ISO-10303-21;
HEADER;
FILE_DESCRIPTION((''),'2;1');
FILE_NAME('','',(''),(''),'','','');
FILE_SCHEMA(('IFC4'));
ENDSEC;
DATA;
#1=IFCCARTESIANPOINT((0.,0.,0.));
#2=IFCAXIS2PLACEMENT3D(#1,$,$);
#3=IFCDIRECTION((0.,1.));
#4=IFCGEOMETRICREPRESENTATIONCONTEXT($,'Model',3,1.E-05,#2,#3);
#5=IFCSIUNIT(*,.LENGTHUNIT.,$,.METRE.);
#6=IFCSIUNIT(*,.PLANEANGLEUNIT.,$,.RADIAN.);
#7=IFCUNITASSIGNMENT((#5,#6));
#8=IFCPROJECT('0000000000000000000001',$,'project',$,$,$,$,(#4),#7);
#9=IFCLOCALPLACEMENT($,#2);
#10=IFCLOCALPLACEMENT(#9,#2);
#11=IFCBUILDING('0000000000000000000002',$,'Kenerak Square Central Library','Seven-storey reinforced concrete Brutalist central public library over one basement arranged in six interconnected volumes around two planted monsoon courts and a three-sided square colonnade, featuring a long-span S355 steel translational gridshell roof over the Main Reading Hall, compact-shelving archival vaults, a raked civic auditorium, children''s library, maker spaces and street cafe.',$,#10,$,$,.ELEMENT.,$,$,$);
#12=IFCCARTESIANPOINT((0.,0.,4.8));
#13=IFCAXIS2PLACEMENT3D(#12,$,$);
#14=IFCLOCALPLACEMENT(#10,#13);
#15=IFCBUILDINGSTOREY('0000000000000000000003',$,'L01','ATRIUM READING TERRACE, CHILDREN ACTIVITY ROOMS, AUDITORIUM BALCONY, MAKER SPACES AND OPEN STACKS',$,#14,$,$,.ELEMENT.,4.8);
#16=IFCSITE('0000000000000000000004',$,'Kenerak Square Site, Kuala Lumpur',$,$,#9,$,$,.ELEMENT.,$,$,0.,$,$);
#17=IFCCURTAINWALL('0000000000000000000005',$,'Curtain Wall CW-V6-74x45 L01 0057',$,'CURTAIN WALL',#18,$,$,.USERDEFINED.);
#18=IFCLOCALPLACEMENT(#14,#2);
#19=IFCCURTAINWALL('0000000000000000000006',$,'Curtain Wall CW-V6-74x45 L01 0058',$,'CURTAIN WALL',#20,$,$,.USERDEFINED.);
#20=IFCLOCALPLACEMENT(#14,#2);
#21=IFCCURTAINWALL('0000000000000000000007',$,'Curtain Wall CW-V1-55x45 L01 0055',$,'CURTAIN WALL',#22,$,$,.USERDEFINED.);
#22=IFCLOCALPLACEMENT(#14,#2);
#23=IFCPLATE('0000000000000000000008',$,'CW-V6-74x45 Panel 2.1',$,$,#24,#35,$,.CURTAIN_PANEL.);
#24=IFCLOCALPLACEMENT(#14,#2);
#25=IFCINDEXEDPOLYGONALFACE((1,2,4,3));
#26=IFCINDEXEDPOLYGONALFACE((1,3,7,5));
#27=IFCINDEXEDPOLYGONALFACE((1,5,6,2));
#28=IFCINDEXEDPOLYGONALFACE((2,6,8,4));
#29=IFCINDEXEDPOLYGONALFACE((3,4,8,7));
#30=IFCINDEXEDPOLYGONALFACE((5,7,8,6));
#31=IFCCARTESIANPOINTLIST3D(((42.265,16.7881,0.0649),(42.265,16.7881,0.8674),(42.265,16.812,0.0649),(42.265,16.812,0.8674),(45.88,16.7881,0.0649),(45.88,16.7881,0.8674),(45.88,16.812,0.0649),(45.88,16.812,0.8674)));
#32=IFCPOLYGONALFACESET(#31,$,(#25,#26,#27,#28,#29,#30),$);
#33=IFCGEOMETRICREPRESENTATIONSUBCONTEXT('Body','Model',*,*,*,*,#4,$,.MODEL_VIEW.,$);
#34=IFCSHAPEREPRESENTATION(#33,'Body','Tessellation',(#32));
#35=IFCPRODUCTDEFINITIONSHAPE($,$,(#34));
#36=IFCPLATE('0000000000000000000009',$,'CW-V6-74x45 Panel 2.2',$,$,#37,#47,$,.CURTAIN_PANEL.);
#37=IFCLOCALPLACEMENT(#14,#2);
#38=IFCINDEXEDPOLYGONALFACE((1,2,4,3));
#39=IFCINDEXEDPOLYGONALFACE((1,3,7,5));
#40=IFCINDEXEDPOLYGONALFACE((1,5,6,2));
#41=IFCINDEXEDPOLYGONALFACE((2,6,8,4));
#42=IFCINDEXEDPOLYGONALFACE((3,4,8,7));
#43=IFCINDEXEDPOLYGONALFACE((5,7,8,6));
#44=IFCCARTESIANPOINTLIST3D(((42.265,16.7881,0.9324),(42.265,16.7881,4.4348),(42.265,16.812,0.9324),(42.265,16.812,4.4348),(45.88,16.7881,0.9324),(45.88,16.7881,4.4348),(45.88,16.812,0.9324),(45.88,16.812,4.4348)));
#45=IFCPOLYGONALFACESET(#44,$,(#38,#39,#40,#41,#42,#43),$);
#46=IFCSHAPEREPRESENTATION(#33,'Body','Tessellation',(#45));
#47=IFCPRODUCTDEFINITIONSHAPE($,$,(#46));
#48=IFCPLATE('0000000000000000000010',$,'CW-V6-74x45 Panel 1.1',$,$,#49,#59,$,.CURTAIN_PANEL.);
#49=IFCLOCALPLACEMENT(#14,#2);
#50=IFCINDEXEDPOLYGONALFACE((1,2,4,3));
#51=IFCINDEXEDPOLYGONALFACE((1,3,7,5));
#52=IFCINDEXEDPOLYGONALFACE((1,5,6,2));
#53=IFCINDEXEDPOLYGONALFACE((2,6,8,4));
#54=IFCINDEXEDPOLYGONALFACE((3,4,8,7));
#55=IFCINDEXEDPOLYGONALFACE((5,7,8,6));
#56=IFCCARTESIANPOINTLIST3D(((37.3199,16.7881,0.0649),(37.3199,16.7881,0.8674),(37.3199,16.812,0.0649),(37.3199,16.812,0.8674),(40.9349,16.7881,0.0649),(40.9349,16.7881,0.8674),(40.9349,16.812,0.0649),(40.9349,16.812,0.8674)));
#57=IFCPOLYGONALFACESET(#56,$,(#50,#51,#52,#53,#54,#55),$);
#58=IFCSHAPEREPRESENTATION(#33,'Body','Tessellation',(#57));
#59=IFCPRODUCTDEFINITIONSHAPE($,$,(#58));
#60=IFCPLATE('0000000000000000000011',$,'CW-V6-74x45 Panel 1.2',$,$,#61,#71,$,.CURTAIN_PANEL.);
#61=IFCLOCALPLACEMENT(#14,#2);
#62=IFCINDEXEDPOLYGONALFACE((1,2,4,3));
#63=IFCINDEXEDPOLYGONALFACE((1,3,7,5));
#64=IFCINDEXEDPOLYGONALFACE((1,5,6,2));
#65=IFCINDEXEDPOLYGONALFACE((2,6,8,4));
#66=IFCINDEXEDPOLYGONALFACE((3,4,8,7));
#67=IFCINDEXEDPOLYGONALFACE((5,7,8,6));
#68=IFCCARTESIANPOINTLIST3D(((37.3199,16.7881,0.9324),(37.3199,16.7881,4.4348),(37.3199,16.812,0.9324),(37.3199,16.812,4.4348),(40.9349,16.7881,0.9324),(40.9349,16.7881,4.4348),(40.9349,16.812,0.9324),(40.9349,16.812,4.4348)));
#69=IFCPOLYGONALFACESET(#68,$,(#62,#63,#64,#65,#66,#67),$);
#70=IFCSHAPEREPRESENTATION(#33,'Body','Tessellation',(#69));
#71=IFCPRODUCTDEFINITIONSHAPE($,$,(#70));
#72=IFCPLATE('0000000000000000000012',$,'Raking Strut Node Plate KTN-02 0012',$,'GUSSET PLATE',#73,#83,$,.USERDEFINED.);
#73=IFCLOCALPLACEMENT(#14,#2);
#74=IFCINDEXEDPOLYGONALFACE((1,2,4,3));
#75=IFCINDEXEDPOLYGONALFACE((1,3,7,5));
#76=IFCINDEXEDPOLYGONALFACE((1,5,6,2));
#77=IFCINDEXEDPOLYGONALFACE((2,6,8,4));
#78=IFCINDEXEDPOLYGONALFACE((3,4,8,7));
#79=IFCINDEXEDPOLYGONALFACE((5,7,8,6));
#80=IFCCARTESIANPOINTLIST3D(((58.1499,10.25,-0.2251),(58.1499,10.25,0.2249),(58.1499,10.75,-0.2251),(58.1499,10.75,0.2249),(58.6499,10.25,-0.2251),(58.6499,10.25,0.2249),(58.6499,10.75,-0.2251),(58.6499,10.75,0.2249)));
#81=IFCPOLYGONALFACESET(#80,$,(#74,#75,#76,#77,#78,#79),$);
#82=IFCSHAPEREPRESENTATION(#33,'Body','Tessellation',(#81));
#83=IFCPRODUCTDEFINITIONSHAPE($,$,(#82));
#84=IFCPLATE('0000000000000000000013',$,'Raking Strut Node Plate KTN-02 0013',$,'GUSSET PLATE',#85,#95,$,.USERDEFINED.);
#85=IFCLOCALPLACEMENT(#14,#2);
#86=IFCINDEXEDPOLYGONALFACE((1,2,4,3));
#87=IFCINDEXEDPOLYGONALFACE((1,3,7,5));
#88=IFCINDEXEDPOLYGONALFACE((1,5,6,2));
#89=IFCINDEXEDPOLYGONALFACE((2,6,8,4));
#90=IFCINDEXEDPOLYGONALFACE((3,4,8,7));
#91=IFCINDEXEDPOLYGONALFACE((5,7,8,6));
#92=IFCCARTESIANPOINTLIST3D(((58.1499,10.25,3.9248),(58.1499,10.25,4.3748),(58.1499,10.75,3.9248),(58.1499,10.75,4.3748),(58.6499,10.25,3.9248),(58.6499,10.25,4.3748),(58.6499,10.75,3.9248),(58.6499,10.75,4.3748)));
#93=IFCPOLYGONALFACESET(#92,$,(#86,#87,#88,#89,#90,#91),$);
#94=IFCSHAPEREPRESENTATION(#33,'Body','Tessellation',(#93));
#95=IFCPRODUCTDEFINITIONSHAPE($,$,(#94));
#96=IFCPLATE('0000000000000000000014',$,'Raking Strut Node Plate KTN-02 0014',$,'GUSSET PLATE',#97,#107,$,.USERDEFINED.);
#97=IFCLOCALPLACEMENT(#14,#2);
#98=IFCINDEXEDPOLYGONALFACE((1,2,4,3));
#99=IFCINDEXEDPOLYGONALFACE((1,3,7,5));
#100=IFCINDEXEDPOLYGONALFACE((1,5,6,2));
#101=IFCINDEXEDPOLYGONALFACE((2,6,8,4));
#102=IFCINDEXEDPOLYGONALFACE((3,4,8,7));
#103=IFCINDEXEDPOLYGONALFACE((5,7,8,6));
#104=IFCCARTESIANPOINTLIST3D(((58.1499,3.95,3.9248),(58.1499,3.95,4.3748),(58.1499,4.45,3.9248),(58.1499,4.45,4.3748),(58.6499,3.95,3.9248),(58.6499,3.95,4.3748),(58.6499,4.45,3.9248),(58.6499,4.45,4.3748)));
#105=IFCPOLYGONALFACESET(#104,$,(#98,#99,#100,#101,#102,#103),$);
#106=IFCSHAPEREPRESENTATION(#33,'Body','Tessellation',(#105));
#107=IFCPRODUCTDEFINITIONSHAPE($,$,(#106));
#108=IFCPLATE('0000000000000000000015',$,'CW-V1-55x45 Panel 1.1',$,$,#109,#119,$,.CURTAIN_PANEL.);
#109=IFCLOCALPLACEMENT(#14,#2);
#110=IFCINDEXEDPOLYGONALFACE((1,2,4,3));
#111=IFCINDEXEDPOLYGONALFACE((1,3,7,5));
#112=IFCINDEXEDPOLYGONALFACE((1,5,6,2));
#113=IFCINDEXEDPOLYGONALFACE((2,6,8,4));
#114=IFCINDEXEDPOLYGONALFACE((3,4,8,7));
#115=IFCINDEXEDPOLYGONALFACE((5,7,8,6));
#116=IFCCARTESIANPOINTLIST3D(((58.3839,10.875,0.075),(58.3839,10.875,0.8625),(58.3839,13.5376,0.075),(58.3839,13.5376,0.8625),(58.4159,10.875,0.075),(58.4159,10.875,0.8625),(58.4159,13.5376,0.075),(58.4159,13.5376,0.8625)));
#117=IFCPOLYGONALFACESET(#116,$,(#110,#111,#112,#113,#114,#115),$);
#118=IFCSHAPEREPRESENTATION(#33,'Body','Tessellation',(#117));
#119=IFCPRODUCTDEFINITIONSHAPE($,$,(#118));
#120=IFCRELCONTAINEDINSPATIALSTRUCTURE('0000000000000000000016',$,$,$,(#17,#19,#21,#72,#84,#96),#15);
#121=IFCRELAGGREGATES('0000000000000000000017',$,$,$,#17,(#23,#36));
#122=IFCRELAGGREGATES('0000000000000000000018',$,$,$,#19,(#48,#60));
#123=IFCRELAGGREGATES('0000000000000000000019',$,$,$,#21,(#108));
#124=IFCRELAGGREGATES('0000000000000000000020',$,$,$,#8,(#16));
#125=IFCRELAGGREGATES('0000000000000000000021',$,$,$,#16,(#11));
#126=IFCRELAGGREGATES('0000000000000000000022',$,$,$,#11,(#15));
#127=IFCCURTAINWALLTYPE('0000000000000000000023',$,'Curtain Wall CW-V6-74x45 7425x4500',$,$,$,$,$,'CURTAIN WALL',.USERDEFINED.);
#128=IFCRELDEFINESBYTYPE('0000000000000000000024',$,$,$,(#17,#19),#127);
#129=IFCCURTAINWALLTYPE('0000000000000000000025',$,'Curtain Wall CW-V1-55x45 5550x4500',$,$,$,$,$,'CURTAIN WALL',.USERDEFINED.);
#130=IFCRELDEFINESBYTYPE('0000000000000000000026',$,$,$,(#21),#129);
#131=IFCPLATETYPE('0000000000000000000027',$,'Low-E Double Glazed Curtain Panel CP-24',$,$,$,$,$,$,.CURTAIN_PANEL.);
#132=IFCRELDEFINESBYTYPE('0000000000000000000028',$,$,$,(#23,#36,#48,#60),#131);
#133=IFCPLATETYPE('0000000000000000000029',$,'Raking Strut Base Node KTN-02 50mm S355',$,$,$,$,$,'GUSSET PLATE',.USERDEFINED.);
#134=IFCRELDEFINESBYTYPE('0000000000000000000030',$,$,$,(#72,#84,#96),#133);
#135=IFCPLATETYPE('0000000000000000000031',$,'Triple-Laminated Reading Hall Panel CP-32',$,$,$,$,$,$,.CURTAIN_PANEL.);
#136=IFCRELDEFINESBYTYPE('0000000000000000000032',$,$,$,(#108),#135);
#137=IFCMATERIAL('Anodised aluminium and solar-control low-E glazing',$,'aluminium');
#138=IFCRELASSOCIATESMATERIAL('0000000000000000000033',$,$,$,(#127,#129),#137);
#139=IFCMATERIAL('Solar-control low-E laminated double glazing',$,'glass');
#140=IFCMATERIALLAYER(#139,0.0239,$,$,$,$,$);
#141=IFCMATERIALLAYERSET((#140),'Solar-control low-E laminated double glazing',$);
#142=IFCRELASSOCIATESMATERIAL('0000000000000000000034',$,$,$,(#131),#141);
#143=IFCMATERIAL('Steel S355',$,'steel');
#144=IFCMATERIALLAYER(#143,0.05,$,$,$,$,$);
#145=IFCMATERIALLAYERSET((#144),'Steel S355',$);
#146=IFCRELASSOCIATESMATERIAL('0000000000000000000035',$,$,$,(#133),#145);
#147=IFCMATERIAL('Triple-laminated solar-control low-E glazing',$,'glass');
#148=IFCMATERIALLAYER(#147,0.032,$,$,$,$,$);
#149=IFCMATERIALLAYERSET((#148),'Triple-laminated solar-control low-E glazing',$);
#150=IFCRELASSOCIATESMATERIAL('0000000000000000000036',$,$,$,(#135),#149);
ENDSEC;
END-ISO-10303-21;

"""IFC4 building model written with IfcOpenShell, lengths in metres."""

from ifc_helpers import new_model, si_unit, direction, frame, origin, origin_2d, place, context, subcontext, project, spatial, rectangle, extrude, material, layer, layer_set, type_object, element, aggregate, save


model = new_model("IFC4")

# Units and contexts
model_context = context("Model", 3, precision=1e-05, world=origin(), true_north=direction((0.0, 1.0)))
body_context = subcontext(model_context, "Body", "Model", "MODEL_VIEW")
ifc_project = project(units=[si_unit("LENGTHUNIT", "METRE"), si_unit("PLANEANGLEUNIT", "RADIAN")], contexts=[model_context])

# Site, building, storey
site_placement = place(None, origin())
site = spatial("IfcSite", under=ifc_project, at=site_placement, Name="Kenerak Square Site, Kuala Lumpur", CompositionType="ELEMENT", RefElevation=0.0)
building_placement = place(site_placement, origin())
building = spatial("IfcBuilding", under=site, at=building_placement, Name="Kenerak Square Central Library", Description="Seven-storey reinforced concrete Brutalist central public library over one basement arranged in six interconnected volumes around two planted monsoon courts and a three-sided square colonnade, featuring a long-span S355 steel translational gridshell roof over the Main Reading Hall, compact-shelving archival vaults, a raked civic auditorium, children's library, maker spaces and street cafe.", CompositionType="ELEMENT")
storey_placement = place(building_placement, frame((0.0, 0.0, 4.8)))
storey = spatial("IfcBuildingStorey", under=building, at=storey_placement, Name="L01", Description="ATRIUM READING TERRACE, CHILDREN ACTIVITY ROOMS, AUDITORIUM BALCONY, MAKER SPACES AND OPEN STACKS", CompositionType="ELEMENT", Elevation=4.8)

# Curtain wall
ifc_material_1 = material(Name="Anodised aluminium and solar-control low-E glazing", Category="aluminium")
curtain_wall_type_1 = type_object("IfcCurtainWallType", Name="Curtain Wall CW-V6-74x45 7425x4500", ElementType="CURTAIN WALL", PredefinedType="USERDEFINED", material=ifc_material_1)
curtain_wall_1_placement = place(storey_placement, origin())
curtain_wall_1 = element("IfcCurtainWall", 1, at=curtain_wall_1_placement, inside=storey, type_object=curtain_wall_type_1, Name="Curtain Wall CW-V6-74x45 L01 0057", ObjectType="CURTAIN WALL", PredefinedType="USERDEFINED")

# Curtain walls
curtain_wall_2_placement = place(storey_placement, origin())
curtain_wall_2 = element("IfcCurtainWall", 2, at=curtain_wall_2_placement, inside=storey, type_object=curtain_wall_type_1, Name="Curtain Wall CW-V6-74x45 L01 0058", ObjectType="CURTAIN WALL", PredefinedType="USERDEFINED")
curtain_wall_type_2 = type_object("IfcCurtainWallType", Name="Curtain Wall CW-V1-55x45 5550x4500", ElementType="CURTAIN WALL", PredefinedType="USERDEFINED", material=ifc_material_1)
curtain_wall_3_placement = place(storey_placement, origin())
curtain_wall_3 = element("IfcCurtainWall", 3, at=curtain_wall_3_placement, inside=storey, type_object=curtain_wall_type_2, Name="Curtain Wall CW-V1-55x45 L01 0055", ObjectType="CURTAIN WALL", PredefinedType="USERDEFINED")

# Shared definitions
ifc_material_2 = material(Name="Steel S355", Category="steel")

# Plates
ifc_material_3 = material(Name="Solar-control low-E laminated double glazing", Category="glass")
ifc_layer_1 = layer(ifc_material_3, 0.0239)
ifc_layer_set_1 = layer_set([ifc_layer_1], Name="Solar-control low-E laminated double glazing")
plate_type_1 = type_object("IfcPlateType", Name="Low-E Double Glazed Curtain Panel CP-24", PredefinedType="CURTAIN_PANEL", material=ifc_layer_set_1)
plate_1_placement = place(storey_placement, frame((44.0725, 16.8, 0.0649), z_axis=(0.0, 0.0, 1.0), x_axis=(-1.0, 0.0, 0.0)))
plate_1 = element("IfcPlate", 4, at=plate_1_placement, type_object=plate_type_1, Name="CW-V6-74x45 Panel 2.1", PredefinedType="CURTAIN_PANEL", context=body_context, shape_type="SweptSolid", body=[
    extrude(rectangle(XDim=3.615, YDim=0.0239, at=origin_2d()), origin(), (0.0, 0.0, 1.0), 0.8025),
])
plate_2_placement = place(storey_placement, frame((44.0725, 16.8, 0.9324), z_axis=(0.0, 0.0, 1.0), x_axis=(-1.0, 0.0, 0.0)))
plate_2 = element("IfcPlate", 5, at=plate_2_placement, type_object=plate_type_1, Name="CW-V6-74x45 Panel 2.2", PredefinedType="CURTAIN_PANEL", context=body_context, shape_type="SweptSolid", body=[
    extrude(rectangle(XDim=3.615, YDim=0.0239, at=origin_2d()), origin(), (0.0, 0.0, 1.0), 3.5024),
])
aggregate(curtain_wall_1, [plate_1, plate_2])
plate_3_placement = place(storey_placement, frame((39.1274, 16.8, 0.0649), z_axis=(0.0, 0.0, 1.0), x_axis=(-1.0, 0.0, 0.0)))
plate_3 = element("IfcPlate", 6, at=plate_3_placement, type_object=plate_type_1, Name="CW-V6-74x45 Panel 1.1", PredefinedType="CURTAIN_PANEL", context=body_context, shape_type="SweptSolid", body=[
    extrude(rectangle(XDim=3.615, YDim=0.0239, at=origin_2d()), origin(), (0.0, 0.0, 1.0), 0.8025),
])
plate_4_placement = place(storey_placement, frame((39.1274, 16.8, 0.9324), z_axis=(0.0, 0.0, 1.0), x_axis=(-1.0, 0.0, 0.0)))
plate_4 = element("IfcPlate", 7, at=plate_4_placement, type_object=plate_type_1, Name="CW-V6-74x45 Panel 1.2", PredefinedType="CURTAIN_PANEL", context=body_context, shape_type="SweptSolid", body=[
    extrude(rectangle(XDim=3.615, YDim=0.0239, at=origin_2d()), origin(), (0.0, 0.0, 1.0), 3.5024),
])
aggregate(curtain_wall_2, [plate_3, plate_4])

# Plates
ifc_layer_2 = layer(ifc_material_2, 0.05)
ifc_layer_set_2 = layer_set([ifc_layer_2], Name="Steel S355")
plate_type_2 = type_object("IfcPlateType", Name="Raking Strut Base Node KTN-02 50mm S355", ElementType="GUSSET PLATE", PredefinedType="USERDEFINED", material=ifc_layer_set_2)
for number, where, z_axis, x_axis, name in (
    (8, (58.3999, 10.5, -0.2251), (0.0, 0.0, 1.0), (1.0, 0.0, 0.0), "Raking Strut Node Plate KTN-02 0012"),
    (9, (58.3999, 10.5, 3.9248), (0.0, 0.0, 1.0), (1.0, 0.0, 0.0), "Raking Strut Node Plate KTN-02 0013"),
    (10, (58.3999, 4.2, 3.9248), (0.0, 0.0, 1.0), (1.0, 0.0, 0.0), "Raking Strut Node Plate KTN-02 0014"),
):
    element("IfcPlate", number, at=place(storey_placement, frame(where, z_axis=z_axis, x_axis=x_axis)), inside=storey, type_object=plate_type_2, Name=name, ObjectType="GUSSET PLATE", PredefinedType="USERDEFINED", context=body_context, shape_type="SweptSolid", body=[
        extrude(rectangle(XDim=0.5, YDim=0.5, at=origin_2d()), origin(), (0.0, 0.0, 1.0), 0.45),
    ])

# Plate
ifc_material_4 = material(Name="Triple-laminated solar-control low-E glazing", Category="glass")
ifc_layer_3 = layer(ifc_material_4, 0.032)
ifc_layer_set_3 = layer_set([ifc_layer_3], Name="Triple-laminated solar-control low-E glazing")
plate_type_3 = type_object("IfcPlateType", Name="Triple-Laminated Reading Hall Panel CP-32", PredefinedType="CURTAIN_PANEL", material=ifc_layer_set_3)
plate_5_placement = place(storey_placement, frame((58.3999, 12.2063, 0.075), z_axis=(0.0, 0.0, 1.0), x_axis=(0.0, 1.0, 0.0)))
plate_5 = element("IfcPlate", 11, at=plate_5_placement, type_object=plate_type_3, Name="CW-V1-55x45 Panel 1.1", PredefinedType="CURTAIN_PANEL", context=body_context, shape_type="SweptSolid", body=[
    extrude(rectangle(XDim=2.6626, YDim=0.032, at=origin_2d()), origin(), (0.0, 0.0, 1.0), 0.7876),
])
aggregate(curtain_wall_3, [plate_5])

save(model, "model.ifc")
